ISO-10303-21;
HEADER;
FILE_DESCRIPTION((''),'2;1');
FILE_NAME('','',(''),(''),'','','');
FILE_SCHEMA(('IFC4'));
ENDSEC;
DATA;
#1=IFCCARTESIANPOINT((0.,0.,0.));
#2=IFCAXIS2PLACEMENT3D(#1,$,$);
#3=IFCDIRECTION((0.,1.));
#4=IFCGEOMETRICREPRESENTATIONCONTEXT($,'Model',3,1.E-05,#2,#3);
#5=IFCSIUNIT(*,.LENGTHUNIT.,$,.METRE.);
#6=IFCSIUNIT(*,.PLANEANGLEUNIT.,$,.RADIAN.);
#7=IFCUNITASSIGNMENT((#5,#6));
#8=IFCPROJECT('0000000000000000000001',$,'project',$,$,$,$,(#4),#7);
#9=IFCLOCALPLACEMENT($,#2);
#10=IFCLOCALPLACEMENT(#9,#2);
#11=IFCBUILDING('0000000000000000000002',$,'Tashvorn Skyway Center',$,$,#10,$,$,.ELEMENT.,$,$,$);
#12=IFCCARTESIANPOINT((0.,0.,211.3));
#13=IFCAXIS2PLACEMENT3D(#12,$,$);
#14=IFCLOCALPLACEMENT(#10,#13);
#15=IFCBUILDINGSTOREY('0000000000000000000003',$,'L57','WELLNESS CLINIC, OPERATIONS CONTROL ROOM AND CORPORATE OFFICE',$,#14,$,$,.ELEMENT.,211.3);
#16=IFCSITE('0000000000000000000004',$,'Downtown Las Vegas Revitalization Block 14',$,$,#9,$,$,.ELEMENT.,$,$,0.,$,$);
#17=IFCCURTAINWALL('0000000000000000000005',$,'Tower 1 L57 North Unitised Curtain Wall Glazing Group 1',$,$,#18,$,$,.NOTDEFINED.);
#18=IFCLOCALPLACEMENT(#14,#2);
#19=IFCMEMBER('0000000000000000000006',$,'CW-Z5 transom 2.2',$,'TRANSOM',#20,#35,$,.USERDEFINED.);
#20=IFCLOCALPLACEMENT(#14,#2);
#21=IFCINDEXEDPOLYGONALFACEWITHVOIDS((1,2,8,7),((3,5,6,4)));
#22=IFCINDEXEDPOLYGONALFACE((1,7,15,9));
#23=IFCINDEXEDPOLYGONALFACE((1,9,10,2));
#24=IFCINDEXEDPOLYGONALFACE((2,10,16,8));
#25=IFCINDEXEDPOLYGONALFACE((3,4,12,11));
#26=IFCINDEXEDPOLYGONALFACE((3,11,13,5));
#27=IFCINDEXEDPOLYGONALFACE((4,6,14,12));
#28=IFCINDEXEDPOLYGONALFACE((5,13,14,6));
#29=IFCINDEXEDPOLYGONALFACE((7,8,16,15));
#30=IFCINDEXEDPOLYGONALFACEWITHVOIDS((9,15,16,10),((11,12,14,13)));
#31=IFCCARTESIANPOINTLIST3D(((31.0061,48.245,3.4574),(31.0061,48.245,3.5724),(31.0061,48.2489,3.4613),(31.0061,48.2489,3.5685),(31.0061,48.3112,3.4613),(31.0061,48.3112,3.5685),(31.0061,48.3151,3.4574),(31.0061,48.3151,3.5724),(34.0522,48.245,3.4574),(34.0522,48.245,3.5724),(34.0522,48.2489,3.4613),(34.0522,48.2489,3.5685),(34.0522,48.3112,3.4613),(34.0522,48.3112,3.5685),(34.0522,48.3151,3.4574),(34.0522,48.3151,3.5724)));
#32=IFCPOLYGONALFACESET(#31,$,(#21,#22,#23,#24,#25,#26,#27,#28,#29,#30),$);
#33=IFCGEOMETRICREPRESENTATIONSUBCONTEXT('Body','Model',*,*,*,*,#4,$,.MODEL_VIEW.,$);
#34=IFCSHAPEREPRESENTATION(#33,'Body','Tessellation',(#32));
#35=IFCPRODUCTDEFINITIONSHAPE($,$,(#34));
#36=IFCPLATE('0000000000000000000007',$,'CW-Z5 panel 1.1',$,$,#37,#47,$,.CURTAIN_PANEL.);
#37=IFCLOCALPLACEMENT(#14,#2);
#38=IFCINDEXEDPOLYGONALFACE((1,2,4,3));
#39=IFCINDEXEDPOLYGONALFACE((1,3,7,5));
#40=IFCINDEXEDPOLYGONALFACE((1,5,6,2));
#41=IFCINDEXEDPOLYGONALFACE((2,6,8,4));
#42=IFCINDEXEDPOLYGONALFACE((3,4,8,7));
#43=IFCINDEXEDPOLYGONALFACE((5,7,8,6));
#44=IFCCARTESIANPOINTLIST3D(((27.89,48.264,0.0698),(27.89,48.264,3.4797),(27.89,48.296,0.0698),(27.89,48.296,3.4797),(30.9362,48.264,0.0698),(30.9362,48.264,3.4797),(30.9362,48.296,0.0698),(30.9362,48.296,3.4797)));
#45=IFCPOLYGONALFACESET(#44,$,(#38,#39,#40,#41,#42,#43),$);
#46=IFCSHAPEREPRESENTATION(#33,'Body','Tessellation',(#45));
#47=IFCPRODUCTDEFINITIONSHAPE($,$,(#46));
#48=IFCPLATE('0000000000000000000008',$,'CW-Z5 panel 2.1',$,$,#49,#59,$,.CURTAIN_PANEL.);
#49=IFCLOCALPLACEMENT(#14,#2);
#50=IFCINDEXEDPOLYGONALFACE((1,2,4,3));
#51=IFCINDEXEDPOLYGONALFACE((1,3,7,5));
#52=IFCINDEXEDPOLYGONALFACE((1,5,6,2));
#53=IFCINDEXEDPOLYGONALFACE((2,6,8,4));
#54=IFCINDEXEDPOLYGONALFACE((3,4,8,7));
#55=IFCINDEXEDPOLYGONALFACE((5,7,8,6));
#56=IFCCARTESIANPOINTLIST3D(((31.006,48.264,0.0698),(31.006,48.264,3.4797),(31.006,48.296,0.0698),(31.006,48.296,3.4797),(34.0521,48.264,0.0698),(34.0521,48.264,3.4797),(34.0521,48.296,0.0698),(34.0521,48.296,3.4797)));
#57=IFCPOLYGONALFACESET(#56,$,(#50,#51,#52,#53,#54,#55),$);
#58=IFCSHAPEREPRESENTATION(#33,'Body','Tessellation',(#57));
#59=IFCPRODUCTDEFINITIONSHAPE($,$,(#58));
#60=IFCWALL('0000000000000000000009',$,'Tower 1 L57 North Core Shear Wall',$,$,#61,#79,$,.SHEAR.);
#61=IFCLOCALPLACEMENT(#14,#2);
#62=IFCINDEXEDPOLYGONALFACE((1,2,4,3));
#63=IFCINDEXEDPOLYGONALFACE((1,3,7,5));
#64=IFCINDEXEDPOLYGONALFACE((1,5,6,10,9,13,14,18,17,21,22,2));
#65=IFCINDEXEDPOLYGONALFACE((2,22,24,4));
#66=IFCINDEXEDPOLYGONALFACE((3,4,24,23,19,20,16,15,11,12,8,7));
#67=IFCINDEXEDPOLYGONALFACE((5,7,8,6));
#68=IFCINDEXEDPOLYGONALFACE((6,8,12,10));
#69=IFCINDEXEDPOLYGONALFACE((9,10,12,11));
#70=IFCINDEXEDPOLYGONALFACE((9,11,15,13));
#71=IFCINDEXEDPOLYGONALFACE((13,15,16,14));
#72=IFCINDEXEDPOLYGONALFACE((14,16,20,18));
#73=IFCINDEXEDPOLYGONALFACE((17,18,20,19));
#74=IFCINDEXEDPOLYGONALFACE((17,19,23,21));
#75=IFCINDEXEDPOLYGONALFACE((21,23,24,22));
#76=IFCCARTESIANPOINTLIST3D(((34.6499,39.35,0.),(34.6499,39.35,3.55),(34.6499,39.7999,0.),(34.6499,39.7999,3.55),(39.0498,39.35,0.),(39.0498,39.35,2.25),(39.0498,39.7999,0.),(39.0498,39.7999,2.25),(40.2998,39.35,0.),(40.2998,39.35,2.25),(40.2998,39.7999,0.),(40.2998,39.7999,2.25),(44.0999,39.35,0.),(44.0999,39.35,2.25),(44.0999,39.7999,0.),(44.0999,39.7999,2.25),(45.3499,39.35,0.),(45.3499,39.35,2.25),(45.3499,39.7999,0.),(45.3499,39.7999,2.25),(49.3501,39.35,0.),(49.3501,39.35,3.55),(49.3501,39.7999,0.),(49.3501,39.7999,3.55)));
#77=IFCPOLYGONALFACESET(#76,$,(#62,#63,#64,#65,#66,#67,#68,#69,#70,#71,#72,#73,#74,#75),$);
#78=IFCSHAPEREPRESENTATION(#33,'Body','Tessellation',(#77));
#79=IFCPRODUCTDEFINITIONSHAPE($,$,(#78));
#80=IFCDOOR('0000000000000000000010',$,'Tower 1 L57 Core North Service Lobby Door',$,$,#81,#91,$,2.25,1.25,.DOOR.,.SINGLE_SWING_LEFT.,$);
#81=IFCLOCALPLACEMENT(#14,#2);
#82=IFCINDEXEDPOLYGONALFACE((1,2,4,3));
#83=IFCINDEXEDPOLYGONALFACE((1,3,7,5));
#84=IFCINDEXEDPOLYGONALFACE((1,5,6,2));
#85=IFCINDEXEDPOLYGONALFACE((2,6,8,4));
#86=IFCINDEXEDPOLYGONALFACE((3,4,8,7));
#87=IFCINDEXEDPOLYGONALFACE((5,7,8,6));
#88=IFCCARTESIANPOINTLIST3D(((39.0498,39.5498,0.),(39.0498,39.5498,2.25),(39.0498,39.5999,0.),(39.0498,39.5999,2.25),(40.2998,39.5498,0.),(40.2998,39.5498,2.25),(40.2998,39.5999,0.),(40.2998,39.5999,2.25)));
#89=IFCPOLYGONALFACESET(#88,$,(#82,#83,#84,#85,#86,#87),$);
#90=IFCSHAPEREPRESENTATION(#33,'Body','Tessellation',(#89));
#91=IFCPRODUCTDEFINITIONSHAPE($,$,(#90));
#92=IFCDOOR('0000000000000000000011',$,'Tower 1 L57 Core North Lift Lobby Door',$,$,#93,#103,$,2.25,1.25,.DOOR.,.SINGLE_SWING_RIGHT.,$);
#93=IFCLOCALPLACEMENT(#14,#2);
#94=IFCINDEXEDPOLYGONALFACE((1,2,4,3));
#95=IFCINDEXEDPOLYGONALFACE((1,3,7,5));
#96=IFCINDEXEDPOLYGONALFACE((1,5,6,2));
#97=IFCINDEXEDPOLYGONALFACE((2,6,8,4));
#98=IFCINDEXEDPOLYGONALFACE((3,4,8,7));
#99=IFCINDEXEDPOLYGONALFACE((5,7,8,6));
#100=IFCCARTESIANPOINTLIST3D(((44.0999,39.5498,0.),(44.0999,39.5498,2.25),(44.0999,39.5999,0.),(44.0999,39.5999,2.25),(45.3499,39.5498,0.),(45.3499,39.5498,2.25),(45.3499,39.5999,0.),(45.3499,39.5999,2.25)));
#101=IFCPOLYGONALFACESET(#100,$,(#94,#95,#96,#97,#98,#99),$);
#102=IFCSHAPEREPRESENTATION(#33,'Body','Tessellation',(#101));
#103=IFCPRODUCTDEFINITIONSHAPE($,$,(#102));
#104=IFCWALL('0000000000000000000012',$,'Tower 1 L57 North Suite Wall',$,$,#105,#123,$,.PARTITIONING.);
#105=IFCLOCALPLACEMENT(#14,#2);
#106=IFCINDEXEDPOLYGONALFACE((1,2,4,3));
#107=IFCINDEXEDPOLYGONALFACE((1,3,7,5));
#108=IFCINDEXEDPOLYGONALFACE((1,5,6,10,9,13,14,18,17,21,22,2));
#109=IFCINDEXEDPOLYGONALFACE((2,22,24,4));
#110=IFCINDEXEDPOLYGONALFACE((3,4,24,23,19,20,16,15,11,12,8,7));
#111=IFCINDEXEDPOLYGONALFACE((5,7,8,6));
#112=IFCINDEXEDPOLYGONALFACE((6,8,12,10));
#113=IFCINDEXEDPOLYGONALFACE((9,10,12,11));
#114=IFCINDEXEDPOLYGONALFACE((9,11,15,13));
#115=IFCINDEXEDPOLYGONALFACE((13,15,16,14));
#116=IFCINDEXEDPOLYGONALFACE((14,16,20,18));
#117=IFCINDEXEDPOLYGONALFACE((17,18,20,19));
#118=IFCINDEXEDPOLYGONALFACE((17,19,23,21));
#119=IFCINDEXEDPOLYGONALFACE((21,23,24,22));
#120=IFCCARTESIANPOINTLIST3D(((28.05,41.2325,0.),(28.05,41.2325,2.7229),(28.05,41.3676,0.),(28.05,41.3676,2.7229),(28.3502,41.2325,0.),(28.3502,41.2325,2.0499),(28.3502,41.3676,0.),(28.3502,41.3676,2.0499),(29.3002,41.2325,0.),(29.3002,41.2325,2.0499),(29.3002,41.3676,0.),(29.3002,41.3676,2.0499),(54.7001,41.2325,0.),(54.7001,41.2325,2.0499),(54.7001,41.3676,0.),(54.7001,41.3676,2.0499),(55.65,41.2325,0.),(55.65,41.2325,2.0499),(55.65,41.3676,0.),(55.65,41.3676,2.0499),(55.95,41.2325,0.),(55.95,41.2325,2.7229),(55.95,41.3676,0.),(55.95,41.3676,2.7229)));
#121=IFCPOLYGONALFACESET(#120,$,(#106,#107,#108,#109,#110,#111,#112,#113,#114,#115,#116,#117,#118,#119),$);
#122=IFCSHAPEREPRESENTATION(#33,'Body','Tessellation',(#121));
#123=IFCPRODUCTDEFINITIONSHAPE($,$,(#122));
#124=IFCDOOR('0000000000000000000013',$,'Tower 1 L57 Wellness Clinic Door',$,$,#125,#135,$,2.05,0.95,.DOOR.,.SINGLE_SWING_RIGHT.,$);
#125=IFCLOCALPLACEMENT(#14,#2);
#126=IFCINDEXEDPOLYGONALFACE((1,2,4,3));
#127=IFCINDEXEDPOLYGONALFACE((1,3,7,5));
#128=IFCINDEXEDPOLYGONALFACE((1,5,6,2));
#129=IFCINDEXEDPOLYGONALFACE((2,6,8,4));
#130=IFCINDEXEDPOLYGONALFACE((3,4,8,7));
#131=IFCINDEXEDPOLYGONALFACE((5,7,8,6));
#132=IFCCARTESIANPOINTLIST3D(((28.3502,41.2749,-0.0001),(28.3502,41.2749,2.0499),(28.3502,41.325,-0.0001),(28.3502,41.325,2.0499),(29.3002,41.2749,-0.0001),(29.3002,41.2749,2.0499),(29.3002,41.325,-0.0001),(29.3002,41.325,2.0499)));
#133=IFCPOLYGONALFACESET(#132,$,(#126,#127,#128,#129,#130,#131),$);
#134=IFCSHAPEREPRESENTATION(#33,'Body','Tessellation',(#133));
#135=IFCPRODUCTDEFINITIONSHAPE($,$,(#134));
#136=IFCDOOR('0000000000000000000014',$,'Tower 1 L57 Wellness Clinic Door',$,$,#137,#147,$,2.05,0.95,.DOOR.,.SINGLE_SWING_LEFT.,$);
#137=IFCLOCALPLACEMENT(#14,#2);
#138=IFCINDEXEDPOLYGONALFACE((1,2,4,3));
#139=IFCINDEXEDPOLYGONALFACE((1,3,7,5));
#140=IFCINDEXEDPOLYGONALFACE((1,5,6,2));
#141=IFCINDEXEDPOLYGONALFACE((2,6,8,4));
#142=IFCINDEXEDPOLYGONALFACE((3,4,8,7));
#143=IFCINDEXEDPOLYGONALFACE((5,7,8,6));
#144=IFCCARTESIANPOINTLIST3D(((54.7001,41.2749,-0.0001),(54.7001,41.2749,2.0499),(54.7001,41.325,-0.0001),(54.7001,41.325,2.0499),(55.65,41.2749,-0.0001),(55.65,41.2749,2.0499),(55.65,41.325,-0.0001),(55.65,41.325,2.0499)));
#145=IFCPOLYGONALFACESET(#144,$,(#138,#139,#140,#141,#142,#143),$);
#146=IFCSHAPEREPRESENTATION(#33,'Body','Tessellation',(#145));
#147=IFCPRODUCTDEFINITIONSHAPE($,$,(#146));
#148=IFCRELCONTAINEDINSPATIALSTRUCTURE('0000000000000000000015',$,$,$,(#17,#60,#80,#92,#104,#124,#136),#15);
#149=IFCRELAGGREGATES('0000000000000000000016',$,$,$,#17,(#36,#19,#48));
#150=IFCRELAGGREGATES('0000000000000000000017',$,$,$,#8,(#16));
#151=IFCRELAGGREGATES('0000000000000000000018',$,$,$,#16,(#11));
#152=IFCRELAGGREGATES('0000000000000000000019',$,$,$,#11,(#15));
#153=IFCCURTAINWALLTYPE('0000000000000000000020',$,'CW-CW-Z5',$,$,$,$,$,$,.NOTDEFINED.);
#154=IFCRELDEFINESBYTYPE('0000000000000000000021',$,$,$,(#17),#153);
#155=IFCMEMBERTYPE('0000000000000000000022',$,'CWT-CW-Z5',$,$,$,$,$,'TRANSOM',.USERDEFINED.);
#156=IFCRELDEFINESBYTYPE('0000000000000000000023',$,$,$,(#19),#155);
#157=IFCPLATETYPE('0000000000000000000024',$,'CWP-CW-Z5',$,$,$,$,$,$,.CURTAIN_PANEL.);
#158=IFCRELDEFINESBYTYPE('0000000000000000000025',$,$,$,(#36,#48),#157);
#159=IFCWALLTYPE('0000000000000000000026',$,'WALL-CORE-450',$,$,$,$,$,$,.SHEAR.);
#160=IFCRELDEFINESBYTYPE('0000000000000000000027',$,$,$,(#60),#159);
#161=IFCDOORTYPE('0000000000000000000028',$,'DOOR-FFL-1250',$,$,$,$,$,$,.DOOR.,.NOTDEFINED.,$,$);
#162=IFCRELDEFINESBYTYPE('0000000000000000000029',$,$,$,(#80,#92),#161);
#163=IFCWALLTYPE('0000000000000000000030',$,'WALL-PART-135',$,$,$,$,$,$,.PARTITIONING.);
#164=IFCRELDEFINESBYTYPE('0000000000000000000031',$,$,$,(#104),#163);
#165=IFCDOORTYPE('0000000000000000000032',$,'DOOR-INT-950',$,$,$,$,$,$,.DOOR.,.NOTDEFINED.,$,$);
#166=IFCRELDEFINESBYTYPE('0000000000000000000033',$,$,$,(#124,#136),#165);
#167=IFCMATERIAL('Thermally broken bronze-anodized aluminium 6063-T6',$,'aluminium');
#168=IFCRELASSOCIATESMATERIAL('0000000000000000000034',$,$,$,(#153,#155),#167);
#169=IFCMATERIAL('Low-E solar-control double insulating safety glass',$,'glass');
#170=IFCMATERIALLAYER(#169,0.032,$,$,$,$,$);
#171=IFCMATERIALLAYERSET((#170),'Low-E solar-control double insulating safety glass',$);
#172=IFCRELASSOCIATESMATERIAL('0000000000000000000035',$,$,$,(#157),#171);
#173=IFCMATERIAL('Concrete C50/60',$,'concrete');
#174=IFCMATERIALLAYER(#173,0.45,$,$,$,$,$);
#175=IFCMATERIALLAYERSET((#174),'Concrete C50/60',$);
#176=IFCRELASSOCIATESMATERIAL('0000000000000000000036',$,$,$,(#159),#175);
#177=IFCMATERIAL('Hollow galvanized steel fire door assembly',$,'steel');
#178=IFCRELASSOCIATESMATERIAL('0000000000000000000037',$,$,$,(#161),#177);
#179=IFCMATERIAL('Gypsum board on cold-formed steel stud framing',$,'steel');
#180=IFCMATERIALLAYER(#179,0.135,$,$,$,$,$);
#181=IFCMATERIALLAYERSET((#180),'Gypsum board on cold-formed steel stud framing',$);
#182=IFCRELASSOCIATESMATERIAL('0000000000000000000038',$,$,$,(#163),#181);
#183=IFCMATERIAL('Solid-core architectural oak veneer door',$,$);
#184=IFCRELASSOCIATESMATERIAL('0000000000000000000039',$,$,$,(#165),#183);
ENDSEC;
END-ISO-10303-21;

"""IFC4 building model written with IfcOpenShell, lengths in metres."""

from ifc_helpers import new_model, si_unit, direction, frame, frame_2d, origin, origin_2d, place, context, subcontext, project, spatial, rectangle, hollow_rectangle, extrude, material, layer, layer_set, material_profile, profile_set, type_object, element, fill, aggregate, save


model = new_model("IFC4")

# Units and contexts
model_context = context("Model", 3, precision=1e-05, world=origin(), true_north=direction((0.0, 1.0)))
body_context = subcontext(model_context, "Body", "Model", "MODEL_VIEW")
ifc_project = project(units=[si_unit("LENGTHUNIT", "METRE"), si_unit("PLANEANGLEUNIT", "RADIAN")], contexts=[model_context])

# Site, building, storey
site_placement = place(None, origin())
site = spatial("IfcSite", under=ifc_project, at=site_placement, Name="Downtown Las Vegas Revitalization Block 14", CompositionType="ELEMENT", RefElevation=0.0)
building_placement = place(site_placement, origin())
building = spatial("IfcBuilding", under=site, at=building_placement, Name="Tashvorn Skyway Center", CompositionType="ELEMENT")
storey_placement = place(building_placement, frame((0.0, 0.0, 211.3)))
storey = spatial("IfcBuildingStorey", under=building, at=storey_placement, Name="L57", Description="WELLNESS CLINIC, OPERATIONS CONTROL ROOM AND CORPORATE OFFICE", CompositionType="ELEMENT", Elevation=211.3)

# Curtain wall, member, plates
ifc_material_1 = material(Name="Thermally broken bronze-anodized aluminium 6063-T6", Category="aluminium")
curtain_wall_type = type_object("IfcCurtainWallType", Name="CW-CW-Z5", PredefinedType="NOTDEFINED", material=ifc_material_1)
curtain_wall_placement = place(storey_placement, origin())
curtain_wall = element("IfcCurtainWall", 1, at=curtain_wall_placement, inside=storey, type_object=curtain_wall_type, Name="Tower 1 L57 North Unitised Curtain Wall Glazing Group 1", PredefinedType="NOTDEFINED")
ifc_material_profile_1 = material_profile(ifc_material_1, hollow_rectangle(XDim=0.0701, YDim=0.115, WallThickness=0.0039, at=origin_2d()), Name="ALU-TRAN-70x115")
ifc_profile_set_1 = profile_set([ifc_material_profile_1], Name="Thermally broken bronze-anodized aluminium 6063-T6")
member_type_1 = type_object("IfcMemberType", Name="CWT-CW-Z5", ElementType="TRANSOM", PredefinedType="USERDEFINED", material=ifc_profile_set_1)
member_1_placement = place(storey_placement, frame((31.0061, 48.28, 3.5149), z_axis=(1.0, 0.0, 0.0), x_axis=(0.0, 1.0, 0.0)))
member_1 = element("IfcMember", 2, at=member_1_placement, type_object=member_type_1, Name="CW-Z5 transom 2.2", ObjectType="TRANSOM", PredefinedType="USERDEFINED", context=body_context, shape_type="SweptSolid", body=[
    extrude(hollow_rectangle(XDim=0.0701, YDim=0.115, WallThickness=0.0039, at=origin_2d()), origin(), (0.0, 0.0, 1.0), 3.0461),
])
ifc_material_2 = material(Name="Low-E solar-control double insulating safety glass", Category="glass")
ifc_layer_1 = layer(ifc_material_2, 0.032)
ifc_layer_set_1 = layer_set([ifc_layer_1], Name="Low-E solar-control double insulating safety glass")
plate_type = type_object("IfcPlateType", Name="CWP-CW-Z5", PredefinedType="CURTAIN_PANEL", material=ifc_layer_set_1)
plate_1_placement = place(storey_placement, frame((29.4131, 48.28, 0.0698), z_axis=(0.0, 0.0, 1.0), x_axis=(1.0, 0.0, 0.0)))
plate_1 = element("IfcPlate", 3, at=plate_1_placement, type_object=plate_type, Name="CW-Z5 panel 1.1", PredefinedType="CURTAIN_PANEL", context=body_context, shape_type="SweptSolid", body=[
    extrude(rectangle(XDim=3.0461, YDim=0.032, at=origin_2d()), origin(), (0.0, 0.0, 1.0), 3.4099),
])
plate_2_placement = place(storey_placement, frame((32.5291, 48.28, 0.0698), z_axis=(0.0, 0.0, 1.0), x_axis=(1.0, 0.0, 0.0)))
plate_2 = element("IfcPlate", 4, at=plate_2_placement, type_object=plate_type, Name="CW-Z5 panel 2.1", PredefinedType="CURTAIN_PANEL", context=body_context, shape_type="SweptSolid", body=[
    extrude(rectangle(XDim=3.0461, YDim=0.032, at=origin_2d()), origin(), (0.0, 0.0, 1.0), 3.4099),
])
aggregate(curtain_wall, [plate_1, member_1, plate_2])

# Walls, openings, doors
ifc_material_3 = material(Name="Concrete C50/60", Category="concrete")
ifc_layer_2 = layer(ifc_material_3, 0.45)
ifc_layer_set_2 = layer_set([ifc_layer_2], Name="Concrete C50/60")
wall_type_1 = type_object("IfcWallType", Name="WALL-CORE-450", PredefinedType="SHEAR", material=ifc_layer_set_2)
wall_1_placement = place(storey_placement, frame((34.6499, 39.575, 0.0), z_axis=(0.0, 0.0, 1.0), x_axis=(1.0, 0.0, 0.0)))
wall_1 = element("IfcWall", 5, at=wall_1_placement, inside=storey, type_object=wall_type_1, Name="Tower 1 L57 North Core Shear Wall", PredefinedType="SHEAR", context=body_context, shape_type="SweptSolid", body=[
    extrude(rectangle(XDim=14.7002, YDim=0.45, at=frame_2d((7.3501, 0.0))), origin(), (0.0, 0.0, 1.0), 3.55),
])
opening_1_placement = place(wall_1_placement, frame((4.3999, 0.0, 0.0)))
opening_1 = element("IfcOpeningElement", 6, at=opening_1_placement, cuts=wall_1, PredefinedType="OPENING", context=body_context, shape_type="SweptSolid", body=[
    extrude(rectangle(XDim=1.25, YDim=2.25, at=frame_2d((0.625, 1.125))), frame((0.0, 0.2349, 0.0), z_axis=(0.0, -1.0, 0.0), x_axis=(1.0, 0.0, 0.0)), (0.0, 0.0, 1.0), 0.47),
])
opening_2_placement = place(wall_1_placement, frame((9.45, 0.0, 0.0)))
opening_2 = element("IfcOpeningElement", 7, at=opening_2_placement, cuts=wall_1, PredefinedType="OPENING", context=body_context, shape_type="SweptSolid", body=[
    extrude(rectangle(XDim=1.25, YDim=2.25, at=frame_2d((0.625, 1.125))), frame((0.0, 0.2349, 0.0), z_axis=(0.0, -1.0, 0.0), x_axis=(1.0, 0.0, 0.0)), (0.0, 0.0, 1.0), 0.47),
])
ifc_material_4 = material(Name="Hollow galvanized steel fire door assembly", Category="steel")
door_type_1 = type_object("IfcDoorType", Name="DOOR-FFL-1250", OperationType="NOTDEFINED", PredefinedType="DOOR", material=ifc_material_4)
door_1_placement = place(opening_1_placement, origin())
door_1 = element("IfcDoor", 8, at=door_1_placement, inside=storey, type_object=door_type_1, Name="Tower 1 L57 Core North Service Lobby Door", OperationType="SINGLE_SWING_LEFT", OverallHeight=2.25, OverallWidth=1.25, PredefinedType="DOOR", context=body_context, shape_type="SweptSolid", body=[
    extrude(rectangle(XDim=1.25, YDim=2.25, at=frame_2d((0.625, 1.125))), frame((0.0, 0.0249, 0.0), z_axis=(0.0, -1.0, 0.0), x_axis=(1.0, 0.0, 0.0)), (0.0, 0.0, 1.0), 0.05),
])
fill(opening_1, door_1)
door_2_placement = place(opening_2_placement, origin())
door_2 = element("IfcDoor", 9, at=door_2_placement, inside=storey, type_object=door_type_1, Name="Tower 1 L57 Core North Lift Lobby Door", OperationType="SINGLE_SWING_RIGHT", OverallHeight=2.25, OverallWidth=1.25, PredefinedType="DOOR", context=body_context, shape_type="SweptSolid", body=[
    extrude(rectangle(XDim=1.25, YDim=2.25, at=frame_2d((0.625, 1.125))), frame((0.0, 0.0249, 0.0), z_axis=(0.0, -1.0, 0.0), x_axis=(1.0, 0.0, 0.0)), (0.0, 0.0, 1.0), 0.05),
])
fill(opening_2, door_2)
ifc_material_5 = material(Name="Gypsum board on cold-formed steel stud framing", Category="steel")
ifc_layer_3 = layer(ifc_material_5, 0.135)
ifc_layer_set_3 = layer_set([ifc_layer_3], Name="Gypsum board on cold-formed steel stud framing")
wall_type_2 = type_object("IfcWallType", Name="WALL-PART-135", PredefinedType="PARTITIONING", material=ifc_layer_set_3)
wall_2_placement = place(storey_placement, frame((28.05, 41.3, 0.0), z_axis=(0.0, 0.0, 1.0), x_axis=(1.0, 0.0, 0.0)))
wall_2 = element("IfcWall", 10, at=wall_2_placement, inside=storey, type_object=wall_type_2, Name="Tower 1 L57 North Suite Wall", PredefinedType="PARTITIONING", context=body_context, shape_type="SweptSolid", body=[
    extrude(rectangle(XDim=27.8999, YDim=0.135, at=frame_2d((13.95, 0.0))), origin(), (0.0, 0.0, 1.0), 2.7229),
])
opening_3_placement = place(wall_2_placement, frame((0.3, 0.0, 0.0)))
opening_3 = element("IfcOpeningElement", 11, at=opening_3_placement, cuts=wall_2, PredefinedType="OPENING", context=body_context, shape_type="SweptSolid", body=[
    extrude(rectangle(XDim=0.95, YDim=2.05, at=frame_2d((0.4751, 1.0249))), frame((0.0, 0.0774, 0.0), z_axis=(0.0, -1.0, 0.0), x_axis=(1.0, 0.0, 0.0)), (0.0, 0.0, 1.0), 0.155),
])
opening_4_placement = place(wall_2_placement, frame((26.6499, 0.0, 0.0)))
opening_4 = element("IfcOpeningElement", 12, at=opening_4_placement, cuts=wall_2, PredefinedType="OPENING", context=body_context, shape_type="SweptSolid", body=[
    extrude(rectangle(XDim=0.95, YDim=2.05, at=frame_2d((0.4751, 1.0249))), frame((0.0, 0.0774, 0.0), z_axis=(0.0, -1.0, 0.0), x_axis=(1.0, 0.0, 0.0)), (0.0, 0.0, 1.0), 0.155),
])
ifc_material_6 = material(Name="Solid-core architectural oak veneer door")
door_type_2 = type_object("IfcDoorType", Name="DOOR-INT-950", OperationType="NOTDEFINED", PredefinedType="DOOR", material=ifc_material_6)
door_3_placement = place(opening_3_placement, origin())
door_3 = element("IfcDoor", 13, at=door_3_placement, inside=storey, type_object=door_type_2, Name="Tower 1 L57 Wellness Clinic Door", OperationType="SINGLE_SWING_RIGHT", OverallHeight=2.05, OverallWidth=0.95, PredefinedType="DOOR", context=body_context, shape_type="SweptSolid", body=[
    extrude(rectangle(XDim=0.95, YDim=2.05, at=frame_2d((0.4751, 1.0249))), frame((0.0, 0.0249, 0.0), z_axis=(0.0, -1.0, 0.0), x_axis=(1.0, 0.0, 0.0)), (0.0, 0.0, 1.0), 0.05),
])
fill(opening_3, door_3)
door_4_placement = place(opening_4_placement, origin())
door_4 = element("IfcDoor", 14, at=door_4_placement, inside=storey, type_object=door_type_2, Name="Tower 1 L57 Wellness Clinic Door", OperationType="SINGLE_SWING_LEFT", OverallHeight=2.05, OverallWidth=0.95, PredefinedType="DOOR", context=body_context, shape_type="SweptSolid", body=[
    extrude(rectangle(XDim=0.95, YDim=2.05, at=frame_2d((0.4751, 1.0249))), frame((0.0, 0.0249, 0.0), z_axis=(0.0, -1.0, 0.0), x_axis=(1.0, 0.0, 0.0)), (0.0, 0.0, 1.0), 0.05),
])
fill(opening_4, door_4)

save(model, "model.ifc")
